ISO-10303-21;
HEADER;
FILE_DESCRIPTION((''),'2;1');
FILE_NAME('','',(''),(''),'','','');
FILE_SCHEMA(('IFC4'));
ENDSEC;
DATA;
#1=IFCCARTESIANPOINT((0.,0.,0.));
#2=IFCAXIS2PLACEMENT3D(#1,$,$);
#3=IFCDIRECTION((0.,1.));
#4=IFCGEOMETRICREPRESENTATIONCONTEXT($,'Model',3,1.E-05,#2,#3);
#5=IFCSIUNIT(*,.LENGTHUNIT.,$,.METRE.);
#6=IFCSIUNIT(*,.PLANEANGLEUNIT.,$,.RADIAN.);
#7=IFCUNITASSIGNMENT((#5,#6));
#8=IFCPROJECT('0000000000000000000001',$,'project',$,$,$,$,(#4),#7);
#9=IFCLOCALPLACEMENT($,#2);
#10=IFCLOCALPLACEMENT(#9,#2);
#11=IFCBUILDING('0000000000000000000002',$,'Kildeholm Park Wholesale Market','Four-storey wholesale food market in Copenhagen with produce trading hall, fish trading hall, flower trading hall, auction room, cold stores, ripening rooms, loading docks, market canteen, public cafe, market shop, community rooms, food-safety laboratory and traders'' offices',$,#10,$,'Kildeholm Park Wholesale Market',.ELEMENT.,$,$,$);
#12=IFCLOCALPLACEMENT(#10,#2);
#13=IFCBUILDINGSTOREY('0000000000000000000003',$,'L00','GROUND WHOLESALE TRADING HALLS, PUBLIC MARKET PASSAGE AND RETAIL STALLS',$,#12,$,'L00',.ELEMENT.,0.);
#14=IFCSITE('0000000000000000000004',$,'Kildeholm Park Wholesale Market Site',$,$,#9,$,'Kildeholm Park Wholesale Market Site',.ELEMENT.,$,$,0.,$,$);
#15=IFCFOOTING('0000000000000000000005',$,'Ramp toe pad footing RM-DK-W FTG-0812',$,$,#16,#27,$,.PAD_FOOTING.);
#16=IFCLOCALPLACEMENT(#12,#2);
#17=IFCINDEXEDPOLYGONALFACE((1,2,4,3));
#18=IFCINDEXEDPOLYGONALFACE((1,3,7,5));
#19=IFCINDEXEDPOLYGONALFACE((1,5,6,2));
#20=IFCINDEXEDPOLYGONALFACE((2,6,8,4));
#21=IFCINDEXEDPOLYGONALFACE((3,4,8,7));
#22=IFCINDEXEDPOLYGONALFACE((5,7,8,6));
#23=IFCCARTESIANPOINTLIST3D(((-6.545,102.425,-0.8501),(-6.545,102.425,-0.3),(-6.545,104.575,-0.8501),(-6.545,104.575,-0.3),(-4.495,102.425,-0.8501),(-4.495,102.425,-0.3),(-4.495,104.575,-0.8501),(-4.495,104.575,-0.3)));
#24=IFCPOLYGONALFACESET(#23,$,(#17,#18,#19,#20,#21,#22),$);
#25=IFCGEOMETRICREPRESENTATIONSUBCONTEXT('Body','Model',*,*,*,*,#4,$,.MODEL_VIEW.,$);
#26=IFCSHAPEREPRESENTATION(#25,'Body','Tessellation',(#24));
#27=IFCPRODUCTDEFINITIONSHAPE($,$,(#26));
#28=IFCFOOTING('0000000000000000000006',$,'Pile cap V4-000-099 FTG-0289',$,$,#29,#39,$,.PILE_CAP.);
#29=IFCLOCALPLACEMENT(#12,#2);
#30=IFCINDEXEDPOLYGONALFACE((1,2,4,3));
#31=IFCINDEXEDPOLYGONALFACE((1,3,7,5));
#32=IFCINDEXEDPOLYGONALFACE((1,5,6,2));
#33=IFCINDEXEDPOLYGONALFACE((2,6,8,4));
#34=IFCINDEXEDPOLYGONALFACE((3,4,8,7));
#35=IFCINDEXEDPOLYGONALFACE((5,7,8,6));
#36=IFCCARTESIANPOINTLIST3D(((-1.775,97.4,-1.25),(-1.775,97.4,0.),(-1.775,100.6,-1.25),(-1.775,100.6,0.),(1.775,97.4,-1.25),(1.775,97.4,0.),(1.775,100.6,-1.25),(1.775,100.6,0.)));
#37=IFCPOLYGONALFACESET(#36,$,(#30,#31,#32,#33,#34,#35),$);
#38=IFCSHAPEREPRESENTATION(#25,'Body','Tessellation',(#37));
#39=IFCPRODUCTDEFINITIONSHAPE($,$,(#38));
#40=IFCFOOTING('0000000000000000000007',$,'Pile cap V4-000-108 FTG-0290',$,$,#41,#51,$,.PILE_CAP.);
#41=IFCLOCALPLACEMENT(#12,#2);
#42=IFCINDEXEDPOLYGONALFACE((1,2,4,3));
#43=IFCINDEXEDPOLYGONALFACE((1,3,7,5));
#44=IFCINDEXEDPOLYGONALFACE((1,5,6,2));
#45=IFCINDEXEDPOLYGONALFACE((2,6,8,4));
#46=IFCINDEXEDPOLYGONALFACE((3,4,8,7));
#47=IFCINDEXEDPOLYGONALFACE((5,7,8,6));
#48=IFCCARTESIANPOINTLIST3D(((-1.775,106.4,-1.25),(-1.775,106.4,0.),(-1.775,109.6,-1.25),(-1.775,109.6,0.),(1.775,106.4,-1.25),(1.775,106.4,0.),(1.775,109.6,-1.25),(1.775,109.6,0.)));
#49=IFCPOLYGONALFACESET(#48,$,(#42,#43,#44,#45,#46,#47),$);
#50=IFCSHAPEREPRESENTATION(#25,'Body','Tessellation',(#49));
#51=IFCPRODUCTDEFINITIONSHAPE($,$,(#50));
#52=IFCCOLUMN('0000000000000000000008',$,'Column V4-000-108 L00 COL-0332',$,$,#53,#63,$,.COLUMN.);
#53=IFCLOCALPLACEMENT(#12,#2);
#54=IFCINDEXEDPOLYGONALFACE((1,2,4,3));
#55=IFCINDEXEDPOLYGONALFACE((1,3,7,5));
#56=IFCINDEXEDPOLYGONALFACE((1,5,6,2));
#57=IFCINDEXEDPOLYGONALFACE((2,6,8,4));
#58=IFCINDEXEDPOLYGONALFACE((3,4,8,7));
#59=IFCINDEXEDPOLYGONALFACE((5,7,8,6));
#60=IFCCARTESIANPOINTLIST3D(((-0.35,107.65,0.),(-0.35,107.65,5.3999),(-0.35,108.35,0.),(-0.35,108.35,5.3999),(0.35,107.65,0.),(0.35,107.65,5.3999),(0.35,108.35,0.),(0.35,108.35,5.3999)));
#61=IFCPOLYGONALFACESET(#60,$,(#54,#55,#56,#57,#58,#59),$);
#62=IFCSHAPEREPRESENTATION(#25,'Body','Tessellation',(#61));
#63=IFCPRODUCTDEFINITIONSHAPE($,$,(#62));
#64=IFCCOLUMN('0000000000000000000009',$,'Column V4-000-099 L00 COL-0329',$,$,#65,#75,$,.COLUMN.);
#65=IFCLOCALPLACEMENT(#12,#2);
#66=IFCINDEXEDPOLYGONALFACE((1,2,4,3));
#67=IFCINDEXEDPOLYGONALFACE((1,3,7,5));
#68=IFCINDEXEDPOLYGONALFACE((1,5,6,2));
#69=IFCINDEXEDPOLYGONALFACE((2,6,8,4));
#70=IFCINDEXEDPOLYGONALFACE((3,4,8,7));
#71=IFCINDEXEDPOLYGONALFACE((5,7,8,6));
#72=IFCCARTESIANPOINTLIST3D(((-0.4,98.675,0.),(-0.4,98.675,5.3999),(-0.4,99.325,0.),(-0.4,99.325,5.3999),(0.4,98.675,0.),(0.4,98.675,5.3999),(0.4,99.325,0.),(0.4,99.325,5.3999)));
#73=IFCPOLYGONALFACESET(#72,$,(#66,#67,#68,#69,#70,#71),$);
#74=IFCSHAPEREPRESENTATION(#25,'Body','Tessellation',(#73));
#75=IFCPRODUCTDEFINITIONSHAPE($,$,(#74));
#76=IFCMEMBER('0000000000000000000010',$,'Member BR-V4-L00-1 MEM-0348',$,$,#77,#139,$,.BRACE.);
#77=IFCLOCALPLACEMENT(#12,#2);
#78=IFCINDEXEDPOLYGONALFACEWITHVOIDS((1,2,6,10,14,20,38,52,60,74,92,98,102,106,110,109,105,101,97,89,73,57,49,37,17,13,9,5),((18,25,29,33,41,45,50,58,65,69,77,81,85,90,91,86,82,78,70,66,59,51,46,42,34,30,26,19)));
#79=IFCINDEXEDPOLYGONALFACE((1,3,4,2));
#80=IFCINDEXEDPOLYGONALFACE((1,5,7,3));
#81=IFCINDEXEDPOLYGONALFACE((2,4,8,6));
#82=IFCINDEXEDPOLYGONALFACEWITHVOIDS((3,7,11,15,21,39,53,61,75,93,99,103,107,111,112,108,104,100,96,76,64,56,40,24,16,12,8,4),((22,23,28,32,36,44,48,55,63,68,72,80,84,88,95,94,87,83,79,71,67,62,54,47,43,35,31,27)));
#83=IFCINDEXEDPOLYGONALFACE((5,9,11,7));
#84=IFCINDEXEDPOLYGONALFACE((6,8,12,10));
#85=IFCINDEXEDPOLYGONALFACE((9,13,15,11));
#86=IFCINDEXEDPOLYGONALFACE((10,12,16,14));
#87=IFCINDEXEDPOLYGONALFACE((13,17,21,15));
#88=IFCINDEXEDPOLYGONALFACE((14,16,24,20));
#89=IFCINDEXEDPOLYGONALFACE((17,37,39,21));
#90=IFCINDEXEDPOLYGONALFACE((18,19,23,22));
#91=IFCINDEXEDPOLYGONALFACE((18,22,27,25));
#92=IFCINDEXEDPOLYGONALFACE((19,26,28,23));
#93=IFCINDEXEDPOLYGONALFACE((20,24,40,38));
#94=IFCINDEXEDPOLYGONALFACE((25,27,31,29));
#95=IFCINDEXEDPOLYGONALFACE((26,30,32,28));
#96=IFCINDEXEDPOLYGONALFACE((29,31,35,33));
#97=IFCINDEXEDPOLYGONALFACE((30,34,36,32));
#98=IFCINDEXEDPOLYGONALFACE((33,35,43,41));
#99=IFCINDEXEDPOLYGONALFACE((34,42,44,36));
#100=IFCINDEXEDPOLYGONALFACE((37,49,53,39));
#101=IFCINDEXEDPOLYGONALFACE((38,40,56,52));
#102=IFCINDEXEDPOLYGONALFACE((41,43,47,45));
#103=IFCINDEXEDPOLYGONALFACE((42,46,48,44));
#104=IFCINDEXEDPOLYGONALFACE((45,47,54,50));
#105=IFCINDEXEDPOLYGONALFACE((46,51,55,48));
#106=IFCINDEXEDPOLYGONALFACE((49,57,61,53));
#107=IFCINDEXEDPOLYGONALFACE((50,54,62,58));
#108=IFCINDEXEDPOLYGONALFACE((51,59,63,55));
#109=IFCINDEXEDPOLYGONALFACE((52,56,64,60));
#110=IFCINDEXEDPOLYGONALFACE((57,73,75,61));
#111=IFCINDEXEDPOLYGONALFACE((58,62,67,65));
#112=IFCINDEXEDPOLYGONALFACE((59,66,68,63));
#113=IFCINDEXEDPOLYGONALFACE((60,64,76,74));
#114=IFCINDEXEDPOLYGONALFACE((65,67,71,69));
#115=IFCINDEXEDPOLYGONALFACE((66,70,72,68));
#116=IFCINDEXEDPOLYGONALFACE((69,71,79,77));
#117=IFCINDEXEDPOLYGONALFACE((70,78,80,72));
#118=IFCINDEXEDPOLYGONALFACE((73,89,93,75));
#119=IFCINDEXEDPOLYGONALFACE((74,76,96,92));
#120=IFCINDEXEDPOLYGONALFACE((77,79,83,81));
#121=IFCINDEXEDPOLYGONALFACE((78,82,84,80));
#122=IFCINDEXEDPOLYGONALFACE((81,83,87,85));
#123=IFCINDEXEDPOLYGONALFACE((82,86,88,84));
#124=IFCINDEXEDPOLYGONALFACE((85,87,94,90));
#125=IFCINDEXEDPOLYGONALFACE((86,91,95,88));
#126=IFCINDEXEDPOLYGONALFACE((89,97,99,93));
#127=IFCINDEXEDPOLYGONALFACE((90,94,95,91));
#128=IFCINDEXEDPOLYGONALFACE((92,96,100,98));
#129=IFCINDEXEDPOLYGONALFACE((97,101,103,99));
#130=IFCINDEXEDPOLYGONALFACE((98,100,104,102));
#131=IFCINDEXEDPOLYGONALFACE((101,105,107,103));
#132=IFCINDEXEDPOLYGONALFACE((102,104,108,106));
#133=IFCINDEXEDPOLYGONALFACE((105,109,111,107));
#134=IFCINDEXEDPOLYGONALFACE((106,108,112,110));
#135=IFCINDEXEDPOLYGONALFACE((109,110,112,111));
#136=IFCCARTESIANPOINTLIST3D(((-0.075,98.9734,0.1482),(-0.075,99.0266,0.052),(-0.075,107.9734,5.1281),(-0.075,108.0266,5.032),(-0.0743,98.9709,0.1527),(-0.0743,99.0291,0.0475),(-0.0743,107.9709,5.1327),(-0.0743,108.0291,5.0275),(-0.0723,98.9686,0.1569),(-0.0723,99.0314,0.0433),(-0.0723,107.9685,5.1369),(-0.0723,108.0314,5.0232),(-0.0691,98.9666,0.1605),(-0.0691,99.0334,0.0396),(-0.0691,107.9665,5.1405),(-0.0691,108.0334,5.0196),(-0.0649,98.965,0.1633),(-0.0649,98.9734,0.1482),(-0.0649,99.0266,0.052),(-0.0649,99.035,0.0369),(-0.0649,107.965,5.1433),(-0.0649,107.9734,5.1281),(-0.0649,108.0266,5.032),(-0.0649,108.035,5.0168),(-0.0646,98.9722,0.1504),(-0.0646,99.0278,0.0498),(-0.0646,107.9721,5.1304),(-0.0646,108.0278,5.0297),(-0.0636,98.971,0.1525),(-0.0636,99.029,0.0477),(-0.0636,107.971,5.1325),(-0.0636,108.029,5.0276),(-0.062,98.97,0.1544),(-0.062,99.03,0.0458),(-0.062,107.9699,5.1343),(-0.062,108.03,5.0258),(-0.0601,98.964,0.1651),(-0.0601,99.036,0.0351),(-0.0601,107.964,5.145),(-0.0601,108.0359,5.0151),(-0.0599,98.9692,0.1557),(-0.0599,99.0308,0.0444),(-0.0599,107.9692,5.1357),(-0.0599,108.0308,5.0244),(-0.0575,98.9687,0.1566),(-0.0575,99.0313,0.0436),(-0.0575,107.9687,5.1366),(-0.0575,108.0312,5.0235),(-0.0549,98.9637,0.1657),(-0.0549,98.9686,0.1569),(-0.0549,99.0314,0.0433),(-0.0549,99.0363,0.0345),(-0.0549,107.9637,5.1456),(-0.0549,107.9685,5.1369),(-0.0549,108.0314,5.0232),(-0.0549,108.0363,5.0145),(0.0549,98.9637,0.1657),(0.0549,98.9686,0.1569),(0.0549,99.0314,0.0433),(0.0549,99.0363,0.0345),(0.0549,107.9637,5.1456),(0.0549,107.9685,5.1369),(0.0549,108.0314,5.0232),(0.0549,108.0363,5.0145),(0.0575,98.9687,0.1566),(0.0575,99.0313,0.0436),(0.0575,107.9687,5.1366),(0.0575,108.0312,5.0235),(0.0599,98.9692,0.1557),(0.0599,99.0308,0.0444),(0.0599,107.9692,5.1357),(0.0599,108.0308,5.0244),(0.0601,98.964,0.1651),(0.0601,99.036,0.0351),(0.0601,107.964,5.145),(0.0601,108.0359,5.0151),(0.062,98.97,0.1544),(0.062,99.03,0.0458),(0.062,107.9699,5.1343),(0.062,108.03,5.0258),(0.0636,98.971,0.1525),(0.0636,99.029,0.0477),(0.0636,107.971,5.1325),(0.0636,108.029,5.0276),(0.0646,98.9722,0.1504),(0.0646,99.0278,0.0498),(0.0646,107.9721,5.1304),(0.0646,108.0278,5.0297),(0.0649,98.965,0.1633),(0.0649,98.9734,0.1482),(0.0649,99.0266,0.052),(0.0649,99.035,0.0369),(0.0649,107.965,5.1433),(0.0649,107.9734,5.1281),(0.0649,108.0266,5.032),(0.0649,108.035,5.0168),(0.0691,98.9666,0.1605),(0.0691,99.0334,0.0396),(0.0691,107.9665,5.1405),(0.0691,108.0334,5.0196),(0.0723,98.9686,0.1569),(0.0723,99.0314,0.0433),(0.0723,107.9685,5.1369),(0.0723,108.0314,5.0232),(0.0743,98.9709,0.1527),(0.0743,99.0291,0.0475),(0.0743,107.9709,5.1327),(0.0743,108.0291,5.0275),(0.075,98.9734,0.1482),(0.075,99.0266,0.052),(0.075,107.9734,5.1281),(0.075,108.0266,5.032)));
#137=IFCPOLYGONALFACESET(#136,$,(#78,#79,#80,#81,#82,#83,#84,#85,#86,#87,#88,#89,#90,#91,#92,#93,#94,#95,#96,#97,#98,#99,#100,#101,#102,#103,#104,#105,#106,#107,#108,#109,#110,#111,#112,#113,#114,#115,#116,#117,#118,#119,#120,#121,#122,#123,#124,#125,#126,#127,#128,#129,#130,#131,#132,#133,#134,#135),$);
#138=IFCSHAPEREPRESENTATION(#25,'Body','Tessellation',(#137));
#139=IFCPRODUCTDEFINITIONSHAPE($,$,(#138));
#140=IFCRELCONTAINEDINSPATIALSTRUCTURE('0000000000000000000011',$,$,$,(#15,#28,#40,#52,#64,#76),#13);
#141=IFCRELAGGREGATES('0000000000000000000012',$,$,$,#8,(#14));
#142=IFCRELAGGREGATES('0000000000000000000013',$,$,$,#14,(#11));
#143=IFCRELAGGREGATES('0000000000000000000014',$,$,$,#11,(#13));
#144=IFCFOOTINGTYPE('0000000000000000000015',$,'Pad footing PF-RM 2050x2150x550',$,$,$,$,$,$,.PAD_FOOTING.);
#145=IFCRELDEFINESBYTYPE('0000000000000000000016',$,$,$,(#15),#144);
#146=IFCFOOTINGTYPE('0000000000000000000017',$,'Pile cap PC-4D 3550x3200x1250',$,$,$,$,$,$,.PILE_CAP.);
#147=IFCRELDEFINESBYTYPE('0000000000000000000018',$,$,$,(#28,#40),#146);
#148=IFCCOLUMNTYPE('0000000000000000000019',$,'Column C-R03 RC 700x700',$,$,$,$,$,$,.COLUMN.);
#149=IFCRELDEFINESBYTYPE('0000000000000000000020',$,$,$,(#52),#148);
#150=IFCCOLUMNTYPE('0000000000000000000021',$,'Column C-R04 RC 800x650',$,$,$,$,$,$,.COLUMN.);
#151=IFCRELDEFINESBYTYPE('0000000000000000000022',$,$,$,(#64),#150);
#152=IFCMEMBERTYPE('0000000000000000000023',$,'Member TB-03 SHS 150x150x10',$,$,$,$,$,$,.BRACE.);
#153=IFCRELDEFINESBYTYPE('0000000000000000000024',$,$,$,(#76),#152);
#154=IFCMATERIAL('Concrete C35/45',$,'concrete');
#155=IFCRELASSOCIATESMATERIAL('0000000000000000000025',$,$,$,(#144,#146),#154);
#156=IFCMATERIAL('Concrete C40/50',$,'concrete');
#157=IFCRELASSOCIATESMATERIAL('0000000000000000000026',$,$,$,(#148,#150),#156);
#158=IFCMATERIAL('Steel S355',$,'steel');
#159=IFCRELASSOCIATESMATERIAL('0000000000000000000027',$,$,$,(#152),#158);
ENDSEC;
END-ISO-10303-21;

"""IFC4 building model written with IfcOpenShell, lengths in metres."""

from ifc_helpers import new_model, si_unit, direction, frame, origin, origin_2d, place, context, subcontext, project, spatial, rectangle, hollow_rectangle, extrude, material, material_profile, profile_set, type_object, element, save


model = new_model("IFC4")

# Units and contexts
model_context = context("Model", 3, precision=1e-05, world=origin(), true_north=direction((0.0, 1.0)))
body_context = subcontext(model_context, "Body", "Model", "MODEL_VIEW")
ifc_project = project(units=[si_unit("LENGTHUNIT", "METRE"), si_unit("PLANEANGLEUNIT", "RADIAN")], contexts=[model_context])

# Site, building, storey
site_placement = place(None, origin())
site = spatial("IfcSite", under=ifc_project, at=site_placement, Name="Kildeholm Park Wholesale Market Site", LongName="Kildeholm Park Wholesale Market Site", CompositionType="ELEMENT", RefElevation=0.0)
building_placement = place(site_placement, origin())
building = spatial("IfcBuilding", under=site, at=building_placement, Name="Kildeholm Park Wholesale Market", Description="Four-storey wholesale food market in Copenhagen with produce trading hall, fish trading hall, flower trading hall, auction room, cold stores, ripening rooms, loading docks, market canteen, public cafe, market shop, community rooms, food-safety laboratory and traders' offices", LongName="Kildeholm Park Wholesale Market", CompositionType="ELEMENT")
storey_placement = place(building_placement, origin())
storey = spatial("IfcBuildingStorey", under=building, at=storey_placement, Name="L00", Description="GROUND WHOLESALE TRADING HALLS, PUBLIC MARKET PASSAGE AND RETAIL STALLS", LongName="L00", CompositionType="ELEMENT", Elevation=0.0)

# Shared definitions
ifc_material_1 = material(Name="Concrete C35/45", Category="concrete")

# Footings
footing_type_1 = type_object("IfcFootingType", Name="Pad footing PF-RM 2050x2150x550", PredefinedType="PAD_FOOTING", material=ifc_material_1)
footing_placement = place(storey_placement, frame((-5.52, 103.5, -0.8501), z_axis=(0.0, 0.0, 1.0), x_axis=(1.0, 0.0, 0.0)))
element("IfcFooting", 1, at=footing_placement, inside=storey, type_object=footing_type_1, Name="Ramp toe pad footing RM-DK-W FTG-0812", PredefinedType="PAD_FOOTING", context=body_context, shape_type="SweptSolid", body=[
    extrude(rectangle(XDim=2.05, YDim=2.1499, at=origin_2d()), origin(), (0.0, 0.0, 1.0), 0.55),
])
footing_type_2 = type_object("IfcFootingType", Name="Pile cap PC-4D 3550x3200x1250", PredefinedType="PILE_CAP", material=ifc_material_1)
for number, where, z_axis, x_axis, name in (
    (2, (0.0, 99.0, -1.25), (0.0, 0.0, 1.0), (1.0, 0.0, 0.0), "Pile cap V4-000-099 FTG-0289"),
    (3, (0.0, 108.0, -1.25), (0.0, 0.0, 1.0), (1.0, 0.0, 0.0), "Pile cap V4-000-108 FTG-0290"),
):
    element("IfcFooting", number, at=place(storey_placement, frame(where, z_axis=z_axis, x_axis=x_axis)), inside=storey, type_object=footing_type_2, Name=name, PredefinedType="PILE_CAP", context=body_context, shape_type="SweptSolid", body=[
        extrude(rectangle(XDim=3.55, YDim=3.2, at=origin_2d()), origin(), (0.0, 0.0, 1.0), 1.25),
    ])

# Columns
ifc_material_2 = material(Name="Concrete C40/50", Category="concrete")
ifc_material_profile_1 = material_profile(ifc_material_2, rectangle(XDim=0.7, YDim=0.7, at=origin_2d()), Name="RC 700x700")
ifc_profile_set_1 = profile_set([ifc_material_profile_1], Name="Concrete C40/50")
column_type_1 = type_object("IfcColumnType", Name="Column C-R03 RC 700x700", PredefinedType="COLUMN", material=ifc_profile_set_1)
column_1_placement = place(storey_placement, frame((0.0, 108.0, 0.0), z_axis=(0.0, 0.0, 1.0), x_axis=(1.0, 0.0, 0.0)))
element("IfcColumn", 4, at=column_1_placement, inside=storey, type_object=column_type_1, Name="Column V4-000-108 L00 COL-0332", PredefinedType="COLUMN", context=body_context, shape_type="SweptSolid", body=[
    extrude(rectangle(XDim=0.7, YDim=0.7, at=origin_2d()), origin(), (0.0, 0.0, 1.0), 5.3999),
])
ifc_material_profile_2 = material_profile(ifc_material_2, rectangle(XDim=0.8, YDim=0.6499, at=origin_2d()), Name="RC 800x650")
ifc_profile_set_2 = profile_set([ifc_material_profile_2], Name="Concrete C40/50")
column_type_2 = type_object("IfcColumnType", Name="Column C-R04 RC 800x650", PredefinedType="COLUMN", material=ifc_profile_set_2)
column_2_placement = place(storey_placement, frame((0.0, 99.0, 0.0), z_axis=(0.0, 0.0, 1.0), x_axis=(1.0, 0.0, 0.0)))
element("IfcColumn", 5, at=column_2_placement, inside=storey, type_object=column_type_2, Name="Column V4-000-099 L00 COL-0329", PredefinedType="COLUMN", context=body_context, shape_type="SweptSolid", body=[
    extrude(rectangle(XDim=0.8, YDim=0.6499, at=origin_2d()), origin(), (0.0, 0.0, 1.0), 5.3999),
])

# Member
ifc_material_3 = material(Name="Steel S355", Category="steel")
ifc_material_profile_3 = material_profile(ifc_material_3, hollow_rectangle(XDim=0.1499, YDim=0.1499, WallThickness=0.01, InnerFilletRadius=0.01, OuterFilletRadius=0.02, at=origin_2d()), Name="SHS 150x150x10")
ifc_profile_set_3 = profile_set([ifc_material_profile_3], Name="Steel S355")
member_type = type_object("IfcMemberType", Name="Member TB-03 SHS 150x150x10", PredefinedType="BRACE", material=ifc_profile_set_3)
member_placement = place(storey_placement, frame((0.0, 99.0, 0.1001), z_axis=(0.0, 0.874982, 0.484155), x_axis=(-1.0, 0.0, 0.0)))
element("IfcMember", 6, at=member_placement, inside=storey, type_object=member_type, Name="Member BR-V4-L00-1 MEM-0348", PredefinedType="BRACE", context=body_context, shape_type="SweptSolid", body=[
    extrude(hollow_rectangle(XDim=0.1499, YDim=0.1499, WallThickness=0.01, InnerFilletRadius=0.01, OuterFilletRadius=0.02, at=origin_2d()), origin(), (0.0, 0.0, 1.0), 10.2859),
])

save(model, "model.ifc")
